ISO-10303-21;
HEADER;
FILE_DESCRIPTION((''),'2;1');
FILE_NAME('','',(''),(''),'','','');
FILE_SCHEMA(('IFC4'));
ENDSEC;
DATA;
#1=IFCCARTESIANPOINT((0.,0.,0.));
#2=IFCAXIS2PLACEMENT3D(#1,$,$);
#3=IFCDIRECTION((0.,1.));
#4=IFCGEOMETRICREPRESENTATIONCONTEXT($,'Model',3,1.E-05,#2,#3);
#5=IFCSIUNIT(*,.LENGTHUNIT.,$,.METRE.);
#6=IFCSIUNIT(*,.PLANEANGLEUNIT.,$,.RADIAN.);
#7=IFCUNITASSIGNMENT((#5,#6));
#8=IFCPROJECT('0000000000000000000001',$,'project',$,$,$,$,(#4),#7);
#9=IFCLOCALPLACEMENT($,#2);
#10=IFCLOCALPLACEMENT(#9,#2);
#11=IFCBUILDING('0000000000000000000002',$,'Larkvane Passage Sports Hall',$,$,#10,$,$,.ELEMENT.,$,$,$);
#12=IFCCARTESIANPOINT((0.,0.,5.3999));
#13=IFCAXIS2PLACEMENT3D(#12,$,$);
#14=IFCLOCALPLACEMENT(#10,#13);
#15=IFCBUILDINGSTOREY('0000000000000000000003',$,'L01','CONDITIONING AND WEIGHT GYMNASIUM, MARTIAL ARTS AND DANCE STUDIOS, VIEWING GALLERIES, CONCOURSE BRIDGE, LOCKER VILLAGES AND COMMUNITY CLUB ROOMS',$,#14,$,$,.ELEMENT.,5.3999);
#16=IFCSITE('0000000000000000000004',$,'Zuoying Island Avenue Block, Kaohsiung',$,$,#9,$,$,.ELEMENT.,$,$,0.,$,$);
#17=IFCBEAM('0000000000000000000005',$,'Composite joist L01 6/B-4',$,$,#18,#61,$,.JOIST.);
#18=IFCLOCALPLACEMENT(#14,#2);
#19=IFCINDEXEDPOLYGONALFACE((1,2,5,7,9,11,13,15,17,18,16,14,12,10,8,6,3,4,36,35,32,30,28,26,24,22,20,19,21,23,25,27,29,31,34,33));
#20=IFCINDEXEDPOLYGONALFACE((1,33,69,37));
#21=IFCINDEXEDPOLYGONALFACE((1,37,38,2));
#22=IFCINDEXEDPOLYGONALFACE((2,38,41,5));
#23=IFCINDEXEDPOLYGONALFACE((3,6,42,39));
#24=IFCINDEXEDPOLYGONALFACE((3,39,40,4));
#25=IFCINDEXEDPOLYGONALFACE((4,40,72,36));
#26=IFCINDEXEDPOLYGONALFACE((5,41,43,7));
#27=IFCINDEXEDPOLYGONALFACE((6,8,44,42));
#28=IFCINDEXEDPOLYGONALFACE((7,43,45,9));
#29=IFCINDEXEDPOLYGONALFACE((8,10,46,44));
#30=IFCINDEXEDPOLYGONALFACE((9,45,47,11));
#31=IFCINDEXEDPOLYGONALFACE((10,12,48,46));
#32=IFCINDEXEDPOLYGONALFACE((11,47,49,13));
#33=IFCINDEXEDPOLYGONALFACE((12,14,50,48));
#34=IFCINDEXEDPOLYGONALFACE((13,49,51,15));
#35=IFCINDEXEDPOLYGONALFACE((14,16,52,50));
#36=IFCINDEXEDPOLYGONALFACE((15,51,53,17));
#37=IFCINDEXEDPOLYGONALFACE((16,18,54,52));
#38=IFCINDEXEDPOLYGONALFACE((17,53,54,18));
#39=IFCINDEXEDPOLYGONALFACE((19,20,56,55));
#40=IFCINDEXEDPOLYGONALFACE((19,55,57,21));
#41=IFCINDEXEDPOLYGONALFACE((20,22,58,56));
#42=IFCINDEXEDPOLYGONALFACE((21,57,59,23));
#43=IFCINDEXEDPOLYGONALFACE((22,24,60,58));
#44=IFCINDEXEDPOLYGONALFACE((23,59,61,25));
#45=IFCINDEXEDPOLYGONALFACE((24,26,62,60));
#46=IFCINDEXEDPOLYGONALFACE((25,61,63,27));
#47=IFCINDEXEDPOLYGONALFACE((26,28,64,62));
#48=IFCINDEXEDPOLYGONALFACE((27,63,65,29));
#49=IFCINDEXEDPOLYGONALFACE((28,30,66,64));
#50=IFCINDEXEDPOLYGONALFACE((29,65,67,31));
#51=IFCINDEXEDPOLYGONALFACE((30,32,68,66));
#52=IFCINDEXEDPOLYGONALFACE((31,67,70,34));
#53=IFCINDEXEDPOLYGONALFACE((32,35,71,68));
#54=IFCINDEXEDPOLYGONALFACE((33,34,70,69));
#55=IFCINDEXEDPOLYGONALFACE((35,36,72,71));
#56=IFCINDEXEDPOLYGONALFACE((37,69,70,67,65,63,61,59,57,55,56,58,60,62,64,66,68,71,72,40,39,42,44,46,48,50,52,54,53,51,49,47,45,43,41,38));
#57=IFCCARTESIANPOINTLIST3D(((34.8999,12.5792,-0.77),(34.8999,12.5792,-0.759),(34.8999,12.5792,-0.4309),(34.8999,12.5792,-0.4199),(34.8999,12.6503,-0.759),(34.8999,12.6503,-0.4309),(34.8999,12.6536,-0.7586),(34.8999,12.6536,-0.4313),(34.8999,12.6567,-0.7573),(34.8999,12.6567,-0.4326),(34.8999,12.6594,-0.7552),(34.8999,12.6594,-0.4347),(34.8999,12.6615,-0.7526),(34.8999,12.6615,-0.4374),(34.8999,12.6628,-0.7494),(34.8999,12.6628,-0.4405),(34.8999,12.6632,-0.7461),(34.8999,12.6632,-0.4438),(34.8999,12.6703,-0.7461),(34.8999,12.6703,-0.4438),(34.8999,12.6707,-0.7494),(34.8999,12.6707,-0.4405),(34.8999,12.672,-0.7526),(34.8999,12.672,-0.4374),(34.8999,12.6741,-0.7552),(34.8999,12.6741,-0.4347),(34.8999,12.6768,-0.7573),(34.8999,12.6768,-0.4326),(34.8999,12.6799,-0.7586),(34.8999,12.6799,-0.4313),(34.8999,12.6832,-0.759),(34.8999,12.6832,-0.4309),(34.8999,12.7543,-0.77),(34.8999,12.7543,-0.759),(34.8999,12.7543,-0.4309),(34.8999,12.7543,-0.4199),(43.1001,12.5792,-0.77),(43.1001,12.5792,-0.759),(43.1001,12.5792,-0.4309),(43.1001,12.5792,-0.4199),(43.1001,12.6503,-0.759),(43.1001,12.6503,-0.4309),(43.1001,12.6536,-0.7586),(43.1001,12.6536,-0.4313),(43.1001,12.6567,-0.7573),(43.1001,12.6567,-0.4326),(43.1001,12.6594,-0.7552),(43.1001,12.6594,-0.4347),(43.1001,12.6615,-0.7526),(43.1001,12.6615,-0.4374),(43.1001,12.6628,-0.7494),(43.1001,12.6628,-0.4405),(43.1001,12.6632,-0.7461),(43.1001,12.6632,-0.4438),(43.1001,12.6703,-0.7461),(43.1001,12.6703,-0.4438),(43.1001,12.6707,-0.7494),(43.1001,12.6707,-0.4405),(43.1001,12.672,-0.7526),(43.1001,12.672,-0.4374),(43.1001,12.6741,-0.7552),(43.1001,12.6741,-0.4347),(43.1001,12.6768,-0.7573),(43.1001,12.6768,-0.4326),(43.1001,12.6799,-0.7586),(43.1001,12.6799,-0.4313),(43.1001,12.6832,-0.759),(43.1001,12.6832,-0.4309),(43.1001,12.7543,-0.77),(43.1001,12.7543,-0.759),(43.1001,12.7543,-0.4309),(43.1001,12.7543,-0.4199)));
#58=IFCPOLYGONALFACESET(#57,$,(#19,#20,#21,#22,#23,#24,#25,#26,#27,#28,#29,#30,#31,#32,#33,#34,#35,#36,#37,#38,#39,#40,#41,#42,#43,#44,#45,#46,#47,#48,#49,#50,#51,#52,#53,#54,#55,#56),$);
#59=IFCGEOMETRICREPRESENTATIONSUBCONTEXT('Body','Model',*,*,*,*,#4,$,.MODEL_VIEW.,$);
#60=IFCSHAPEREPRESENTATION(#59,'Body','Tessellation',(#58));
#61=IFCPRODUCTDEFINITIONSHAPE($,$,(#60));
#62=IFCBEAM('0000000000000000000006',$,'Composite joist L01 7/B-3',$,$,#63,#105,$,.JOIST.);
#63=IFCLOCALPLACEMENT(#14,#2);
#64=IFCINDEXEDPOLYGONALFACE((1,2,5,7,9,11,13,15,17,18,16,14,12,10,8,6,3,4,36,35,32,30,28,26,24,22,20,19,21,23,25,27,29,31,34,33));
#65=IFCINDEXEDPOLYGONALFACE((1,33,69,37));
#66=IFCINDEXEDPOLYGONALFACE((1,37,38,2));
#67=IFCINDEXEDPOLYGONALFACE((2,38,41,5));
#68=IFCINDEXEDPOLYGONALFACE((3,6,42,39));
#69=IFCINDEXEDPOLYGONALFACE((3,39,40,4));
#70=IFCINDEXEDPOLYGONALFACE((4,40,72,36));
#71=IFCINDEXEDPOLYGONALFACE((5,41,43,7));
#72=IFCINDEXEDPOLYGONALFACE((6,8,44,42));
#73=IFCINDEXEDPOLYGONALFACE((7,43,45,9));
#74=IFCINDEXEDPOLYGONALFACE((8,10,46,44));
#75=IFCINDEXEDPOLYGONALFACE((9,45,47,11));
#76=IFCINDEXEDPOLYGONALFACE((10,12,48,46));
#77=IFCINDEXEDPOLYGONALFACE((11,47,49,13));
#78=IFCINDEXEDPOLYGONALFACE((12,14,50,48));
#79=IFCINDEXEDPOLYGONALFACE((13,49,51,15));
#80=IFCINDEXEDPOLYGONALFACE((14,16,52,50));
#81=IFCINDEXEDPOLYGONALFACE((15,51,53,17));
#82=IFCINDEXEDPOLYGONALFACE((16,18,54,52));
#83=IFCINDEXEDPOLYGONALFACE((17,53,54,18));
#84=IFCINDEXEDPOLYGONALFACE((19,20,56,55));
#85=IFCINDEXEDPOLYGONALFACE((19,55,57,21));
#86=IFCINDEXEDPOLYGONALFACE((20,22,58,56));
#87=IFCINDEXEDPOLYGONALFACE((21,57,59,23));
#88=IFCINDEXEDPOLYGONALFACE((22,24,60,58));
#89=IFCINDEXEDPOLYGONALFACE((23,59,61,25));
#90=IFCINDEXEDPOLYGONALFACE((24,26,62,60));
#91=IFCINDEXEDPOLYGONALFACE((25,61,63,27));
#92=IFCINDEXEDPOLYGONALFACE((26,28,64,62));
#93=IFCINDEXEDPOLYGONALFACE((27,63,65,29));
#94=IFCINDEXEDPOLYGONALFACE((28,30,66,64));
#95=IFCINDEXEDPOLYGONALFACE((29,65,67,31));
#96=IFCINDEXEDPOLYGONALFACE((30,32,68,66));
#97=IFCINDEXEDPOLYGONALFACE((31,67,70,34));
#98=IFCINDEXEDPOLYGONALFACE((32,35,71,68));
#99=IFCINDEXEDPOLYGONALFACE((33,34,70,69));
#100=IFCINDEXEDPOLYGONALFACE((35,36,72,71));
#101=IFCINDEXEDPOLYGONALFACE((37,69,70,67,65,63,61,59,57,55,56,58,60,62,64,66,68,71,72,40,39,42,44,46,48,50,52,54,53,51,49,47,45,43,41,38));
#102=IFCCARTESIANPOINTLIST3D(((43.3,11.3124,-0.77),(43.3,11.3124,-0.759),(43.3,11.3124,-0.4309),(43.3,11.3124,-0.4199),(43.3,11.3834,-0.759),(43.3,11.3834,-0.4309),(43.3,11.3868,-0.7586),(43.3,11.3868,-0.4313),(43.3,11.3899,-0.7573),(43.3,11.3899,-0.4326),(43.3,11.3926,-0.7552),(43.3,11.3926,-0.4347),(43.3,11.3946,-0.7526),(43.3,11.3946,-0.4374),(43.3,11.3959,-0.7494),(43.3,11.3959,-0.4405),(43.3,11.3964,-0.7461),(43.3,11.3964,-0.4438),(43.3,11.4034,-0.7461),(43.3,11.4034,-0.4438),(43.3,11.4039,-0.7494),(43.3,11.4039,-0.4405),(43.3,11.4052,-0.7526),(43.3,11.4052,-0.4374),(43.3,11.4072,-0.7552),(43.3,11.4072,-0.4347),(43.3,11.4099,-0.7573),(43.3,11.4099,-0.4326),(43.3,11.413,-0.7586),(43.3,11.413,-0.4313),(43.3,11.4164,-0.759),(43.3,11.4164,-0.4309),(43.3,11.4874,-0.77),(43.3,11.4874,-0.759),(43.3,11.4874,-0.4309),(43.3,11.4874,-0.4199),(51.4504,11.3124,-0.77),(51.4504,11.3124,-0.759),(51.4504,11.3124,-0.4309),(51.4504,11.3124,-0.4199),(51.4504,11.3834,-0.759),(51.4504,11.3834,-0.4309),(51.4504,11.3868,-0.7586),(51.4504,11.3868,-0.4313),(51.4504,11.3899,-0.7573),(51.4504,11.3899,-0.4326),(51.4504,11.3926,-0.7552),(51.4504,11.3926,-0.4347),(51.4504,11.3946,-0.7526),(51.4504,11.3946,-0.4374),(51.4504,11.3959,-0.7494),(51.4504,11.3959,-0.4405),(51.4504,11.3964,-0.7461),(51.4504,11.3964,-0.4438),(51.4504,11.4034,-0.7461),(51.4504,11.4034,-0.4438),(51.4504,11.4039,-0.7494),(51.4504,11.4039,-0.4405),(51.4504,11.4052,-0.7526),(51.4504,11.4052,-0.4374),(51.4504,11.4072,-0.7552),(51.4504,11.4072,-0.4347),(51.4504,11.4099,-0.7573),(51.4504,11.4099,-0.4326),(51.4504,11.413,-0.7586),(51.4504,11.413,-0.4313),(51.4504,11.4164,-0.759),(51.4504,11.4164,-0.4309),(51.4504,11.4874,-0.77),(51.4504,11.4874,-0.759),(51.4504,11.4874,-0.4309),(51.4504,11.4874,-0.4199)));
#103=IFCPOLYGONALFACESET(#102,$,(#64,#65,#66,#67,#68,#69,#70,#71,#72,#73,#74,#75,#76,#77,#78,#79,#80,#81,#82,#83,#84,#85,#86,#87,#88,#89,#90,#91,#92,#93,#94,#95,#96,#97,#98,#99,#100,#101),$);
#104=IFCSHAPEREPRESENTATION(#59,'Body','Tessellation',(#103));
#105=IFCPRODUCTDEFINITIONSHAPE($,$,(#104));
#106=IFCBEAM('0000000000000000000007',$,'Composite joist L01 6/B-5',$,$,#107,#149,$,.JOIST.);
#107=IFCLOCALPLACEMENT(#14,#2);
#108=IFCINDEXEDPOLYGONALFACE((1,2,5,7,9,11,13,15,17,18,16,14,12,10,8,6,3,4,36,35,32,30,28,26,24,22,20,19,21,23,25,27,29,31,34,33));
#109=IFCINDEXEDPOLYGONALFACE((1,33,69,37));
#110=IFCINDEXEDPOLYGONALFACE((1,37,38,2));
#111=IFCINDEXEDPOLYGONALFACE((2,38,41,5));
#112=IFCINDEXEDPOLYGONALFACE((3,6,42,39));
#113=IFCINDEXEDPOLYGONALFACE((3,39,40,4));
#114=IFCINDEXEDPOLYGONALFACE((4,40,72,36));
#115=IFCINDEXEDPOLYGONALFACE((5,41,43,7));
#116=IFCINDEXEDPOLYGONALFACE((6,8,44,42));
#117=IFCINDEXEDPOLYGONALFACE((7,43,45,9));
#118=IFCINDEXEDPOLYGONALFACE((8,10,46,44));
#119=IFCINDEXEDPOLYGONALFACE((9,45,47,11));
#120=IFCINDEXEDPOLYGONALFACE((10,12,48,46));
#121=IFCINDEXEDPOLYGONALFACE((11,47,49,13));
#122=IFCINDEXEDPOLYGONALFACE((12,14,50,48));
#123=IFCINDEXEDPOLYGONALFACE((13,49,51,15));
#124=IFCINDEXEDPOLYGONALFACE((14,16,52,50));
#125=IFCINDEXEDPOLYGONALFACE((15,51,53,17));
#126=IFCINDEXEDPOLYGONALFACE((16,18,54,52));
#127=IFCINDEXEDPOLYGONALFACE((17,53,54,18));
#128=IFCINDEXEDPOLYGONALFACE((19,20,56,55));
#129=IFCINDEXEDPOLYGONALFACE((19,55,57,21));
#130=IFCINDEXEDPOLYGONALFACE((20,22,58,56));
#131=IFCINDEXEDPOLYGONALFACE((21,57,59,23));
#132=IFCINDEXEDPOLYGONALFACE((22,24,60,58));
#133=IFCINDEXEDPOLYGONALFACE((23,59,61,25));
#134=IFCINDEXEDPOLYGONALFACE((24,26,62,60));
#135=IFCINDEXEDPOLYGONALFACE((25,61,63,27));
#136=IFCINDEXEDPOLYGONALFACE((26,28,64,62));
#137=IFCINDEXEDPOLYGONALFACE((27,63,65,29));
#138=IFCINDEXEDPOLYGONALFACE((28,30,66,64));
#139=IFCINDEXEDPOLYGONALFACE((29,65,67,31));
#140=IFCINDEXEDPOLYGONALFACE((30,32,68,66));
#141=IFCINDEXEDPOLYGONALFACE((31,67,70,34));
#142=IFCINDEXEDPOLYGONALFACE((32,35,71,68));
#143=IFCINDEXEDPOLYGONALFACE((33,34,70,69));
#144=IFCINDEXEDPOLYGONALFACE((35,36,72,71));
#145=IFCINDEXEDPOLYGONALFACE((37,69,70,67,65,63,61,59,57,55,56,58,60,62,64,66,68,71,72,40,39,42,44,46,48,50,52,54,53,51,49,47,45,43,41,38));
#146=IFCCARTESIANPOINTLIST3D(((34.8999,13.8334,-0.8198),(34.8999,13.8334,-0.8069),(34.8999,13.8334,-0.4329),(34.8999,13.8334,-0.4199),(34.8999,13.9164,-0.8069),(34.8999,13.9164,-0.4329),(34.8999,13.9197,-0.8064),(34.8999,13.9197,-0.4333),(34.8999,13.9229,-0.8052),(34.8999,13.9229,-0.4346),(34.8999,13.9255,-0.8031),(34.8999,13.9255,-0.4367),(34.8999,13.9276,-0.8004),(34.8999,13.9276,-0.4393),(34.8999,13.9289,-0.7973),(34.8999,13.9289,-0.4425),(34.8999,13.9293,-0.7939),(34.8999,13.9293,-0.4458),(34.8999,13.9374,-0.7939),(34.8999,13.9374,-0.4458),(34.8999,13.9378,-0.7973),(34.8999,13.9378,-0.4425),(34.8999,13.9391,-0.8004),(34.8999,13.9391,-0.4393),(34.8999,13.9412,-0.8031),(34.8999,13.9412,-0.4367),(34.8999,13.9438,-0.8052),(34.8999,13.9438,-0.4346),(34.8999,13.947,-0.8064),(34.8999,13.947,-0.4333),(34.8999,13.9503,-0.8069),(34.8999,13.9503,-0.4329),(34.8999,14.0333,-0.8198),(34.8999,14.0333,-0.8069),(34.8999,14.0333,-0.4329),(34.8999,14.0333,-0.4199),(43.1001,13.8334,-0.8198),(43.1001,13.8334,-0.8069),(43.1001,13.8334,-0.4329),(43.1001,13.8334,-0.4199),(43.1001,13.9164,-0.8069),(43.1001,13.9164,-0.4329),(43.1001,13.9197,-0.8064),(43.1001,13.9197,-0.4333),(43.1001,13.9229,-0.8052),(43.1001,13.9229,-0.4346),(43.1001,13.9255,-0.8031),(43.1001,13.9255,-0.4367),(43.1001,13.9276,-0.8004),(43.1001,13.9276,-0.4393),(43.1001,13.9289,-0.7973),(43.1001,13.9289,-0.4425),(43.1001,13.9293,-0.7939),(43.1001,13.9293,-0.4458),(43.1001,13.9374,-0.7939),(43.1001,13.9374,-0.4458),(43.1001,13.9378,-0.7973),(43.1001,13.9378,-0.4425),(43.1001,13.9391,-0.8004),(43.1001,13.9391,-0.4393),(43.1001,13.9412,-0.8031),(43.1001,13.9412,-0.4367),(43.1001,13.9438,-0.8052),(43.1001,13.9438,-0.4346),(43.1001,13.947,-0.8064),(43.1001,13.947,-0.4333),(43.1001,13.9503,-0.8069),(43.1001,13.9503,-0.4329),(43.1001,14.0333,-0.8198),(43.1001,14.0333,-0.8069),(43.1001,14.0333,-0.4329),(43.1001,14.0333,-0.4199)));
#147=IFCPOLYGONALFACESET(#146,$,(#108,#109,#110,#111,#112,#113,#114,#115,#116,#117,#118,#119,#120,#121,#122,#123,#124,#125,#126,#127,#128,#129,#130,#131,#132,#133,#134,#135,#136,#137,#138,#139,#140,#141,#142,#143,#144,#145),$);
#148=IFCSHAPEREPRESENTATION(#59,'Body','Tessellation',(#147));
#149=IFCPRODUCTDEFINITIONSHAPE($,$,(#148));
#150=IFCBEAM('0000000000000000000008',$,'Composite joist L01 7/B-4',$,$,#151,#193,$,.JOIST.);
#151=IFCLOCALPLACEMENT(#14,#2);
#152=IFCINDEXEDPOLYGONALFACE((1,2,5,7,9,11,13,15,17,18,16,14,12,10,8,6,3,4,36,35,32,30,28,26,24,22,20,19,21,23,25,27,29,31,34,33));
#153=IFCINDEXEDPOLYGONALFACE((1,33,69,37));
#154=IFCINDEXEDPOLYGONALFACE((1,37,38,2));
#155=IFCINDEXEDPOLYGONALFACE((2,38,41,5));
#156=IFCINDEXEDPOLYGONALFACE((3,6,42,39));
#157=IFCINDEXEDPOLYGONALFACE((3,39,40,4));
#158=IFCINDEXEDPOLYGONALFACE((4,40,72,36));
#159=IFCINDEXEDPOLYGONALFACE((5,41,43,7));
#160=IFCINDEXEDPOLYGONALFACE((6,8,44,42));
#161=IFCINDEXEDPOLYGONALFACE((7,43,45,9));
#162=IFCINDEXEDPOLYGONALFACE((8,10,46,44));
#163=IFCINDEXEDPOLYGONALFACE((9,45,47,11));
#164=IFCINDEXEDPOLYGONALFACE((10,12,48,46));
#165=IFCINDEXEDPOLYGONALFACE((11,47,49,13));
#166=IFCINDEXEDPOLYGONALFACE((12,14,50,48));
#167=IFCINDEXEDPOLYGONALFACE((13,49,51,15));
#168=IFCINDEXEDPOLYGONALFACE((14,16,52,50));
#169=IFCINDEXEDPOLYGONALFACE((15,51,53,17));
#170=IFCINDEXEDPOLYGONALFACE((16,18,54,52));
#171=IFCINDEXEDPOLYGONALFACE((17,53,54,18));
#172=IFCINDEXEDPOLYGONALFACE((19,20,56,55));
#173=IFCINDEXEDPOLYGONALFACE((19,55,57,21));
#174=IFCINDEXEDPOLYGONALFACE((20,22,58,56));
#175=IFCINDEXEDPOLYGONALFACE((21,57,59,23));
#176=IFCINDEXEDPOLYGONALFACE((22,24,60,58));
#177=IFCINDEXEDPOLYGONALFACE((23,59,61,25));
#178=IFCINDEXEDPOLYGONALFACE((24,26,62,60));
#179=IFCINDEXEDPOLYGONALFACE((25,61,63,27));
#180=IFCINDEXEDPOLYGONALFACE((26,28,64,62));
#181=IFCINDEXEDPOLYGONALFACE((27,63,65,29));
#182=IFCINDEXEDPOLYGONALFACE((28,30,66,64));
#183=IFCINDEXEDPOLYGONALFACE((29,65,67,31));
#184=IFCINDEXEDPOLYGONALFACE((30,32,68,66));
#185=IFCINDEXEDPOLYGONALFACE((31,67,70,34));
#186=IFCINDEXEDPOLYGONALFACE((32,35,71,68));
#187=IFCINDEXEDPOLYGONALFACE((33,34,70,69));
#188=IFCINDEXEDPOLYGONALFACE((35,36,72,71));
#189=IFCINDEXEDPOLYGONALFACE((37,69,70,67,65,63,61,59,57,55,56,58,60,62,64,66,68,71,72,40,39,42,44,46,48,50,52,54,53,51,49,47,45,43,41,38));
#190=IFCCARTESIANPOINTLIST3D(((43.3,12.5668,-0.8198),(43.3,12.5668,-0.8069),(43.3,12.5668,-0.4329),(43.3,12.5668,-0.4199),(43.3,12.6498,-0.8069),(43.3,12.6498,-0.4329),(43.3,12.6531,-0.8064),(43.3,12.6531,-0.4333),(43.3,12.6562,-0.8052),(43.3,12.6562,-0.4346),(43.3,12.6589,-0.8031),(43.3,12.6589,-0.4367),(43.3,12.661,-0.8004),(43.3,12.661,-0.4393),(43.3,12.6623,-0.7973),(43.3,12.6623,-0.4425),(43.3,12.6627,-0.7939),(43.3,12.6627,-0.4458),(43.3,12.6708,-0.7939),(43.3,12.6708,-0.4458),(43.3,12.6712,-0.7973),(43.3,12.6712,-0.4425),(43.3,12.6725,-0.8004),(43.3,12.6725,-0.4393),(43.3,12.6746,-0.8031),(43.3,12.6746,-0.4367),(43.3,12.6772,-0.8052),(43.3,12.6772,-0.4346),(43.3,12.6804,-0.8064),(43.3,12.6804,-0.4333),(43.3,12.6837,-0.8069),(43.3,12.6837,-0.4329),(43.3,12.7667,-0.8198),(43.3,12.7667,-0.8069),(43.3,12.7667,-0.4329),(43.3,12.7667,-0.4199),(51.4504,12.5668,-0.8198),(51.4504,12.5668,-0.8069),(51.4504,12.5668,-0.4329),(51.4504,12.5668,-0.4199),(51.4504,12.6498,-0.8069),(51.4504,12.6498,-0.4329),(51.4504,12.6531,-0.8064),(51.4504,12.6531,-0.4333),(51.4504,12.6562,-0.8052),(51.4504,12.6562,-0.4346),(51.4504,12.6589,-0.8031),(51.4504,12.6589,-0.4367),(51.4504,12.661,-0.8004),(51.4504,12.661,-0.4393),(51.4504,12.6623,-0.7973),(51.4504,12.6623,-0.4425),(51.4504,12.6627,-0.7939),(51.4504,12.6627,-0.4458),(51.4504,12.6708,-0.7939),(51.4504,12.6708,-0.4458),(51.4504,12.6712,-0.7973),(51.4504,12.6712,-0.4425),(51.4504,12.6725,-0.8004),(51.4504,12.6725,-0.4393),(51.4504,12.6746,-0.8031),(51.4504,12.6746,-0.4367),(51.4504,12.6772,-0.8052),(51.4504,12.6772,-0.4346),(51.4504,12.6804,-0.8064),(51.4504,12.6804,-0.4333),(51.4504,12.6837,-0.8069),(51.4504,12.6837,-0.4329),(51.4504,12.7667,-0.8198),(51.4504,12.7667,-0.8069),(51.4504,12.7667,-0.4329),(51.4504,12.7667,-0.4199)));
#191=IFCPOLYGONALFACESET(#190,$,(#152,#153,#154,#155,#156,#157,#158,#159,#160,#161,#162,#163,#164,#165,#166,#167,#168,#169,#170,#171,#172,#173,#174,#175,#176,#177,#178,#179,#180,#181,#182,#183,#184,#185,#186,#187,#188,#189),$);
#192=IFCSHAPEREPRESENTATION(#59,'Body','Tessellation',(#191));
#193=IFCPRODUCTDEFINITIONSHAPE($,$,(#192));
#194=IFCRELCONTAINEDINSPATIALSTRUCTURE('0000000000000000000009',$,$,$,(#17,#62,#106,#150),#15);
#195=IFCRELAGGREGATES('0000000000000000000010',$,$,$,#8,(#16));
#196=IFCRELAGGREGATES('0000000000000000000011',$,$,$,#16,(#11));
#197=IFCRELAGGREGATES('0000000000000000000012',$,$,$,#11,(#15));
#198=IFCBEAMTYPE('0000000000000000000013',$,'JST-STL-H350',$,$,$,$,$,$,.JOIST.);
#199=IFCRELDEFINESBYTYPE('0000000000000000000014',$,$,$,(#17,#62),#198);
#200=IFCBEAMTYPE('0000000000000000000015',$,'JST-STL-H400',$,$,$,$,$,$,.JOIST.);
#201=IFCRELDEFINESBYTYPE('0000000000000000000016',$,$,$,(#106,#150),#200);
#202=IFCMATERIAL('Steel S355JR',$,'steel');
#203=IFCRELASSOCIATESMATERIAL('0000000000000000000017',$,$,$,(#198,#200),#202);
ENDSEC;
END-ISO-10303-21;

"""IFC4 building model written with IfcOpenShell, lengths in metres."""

from ifc_helpers import new_model, si_unit, direction, frame, origin, origin_2d, place, context, subcontext, project, spatial, i_section, extrude, material, material_profile, profile_set, type_object, element, save


model = new_model("IFC4")

# Units and contexts
model_context = context("Model", 3, precision=1e-05, world=origin(), true_north=direction((0.0, 1.0)))
body_context = subcontext(model_context, "Body", "Model", "MODEL_VIEW")
ifc_project = project(units=[si_unit("LENGTHUNIT", "METRE"), si_unit("PLANEANGLEUNIT", "RADIAN")], contexts=[model_context])

# Site, building, storey
site_placement = place(None, origin())
site = spatial("IfcSite", under=ifc_project, at=site_placement, Name="Zuoying Island Avenue Block, Kaohsiung", CompositionType="ELEMENT", RefElevation=0.0)
building_placement = place(site_placement, origin())
building = spatial("IfcBuilding", under=site, at=building_placement, Name="Larkvane Passage Sports Hall", CompositionType="ELEMENT")
storey_placement = place(building_placement, frame((0.0, 0.0, 5.3999)))
storey = spatial("IfcBuildingStorey", under=building, at=storey_placement, Name="L01", Description="CONDITIONING AND WEIGHT GYMNASIUM, MARTIAL ARTS AND DANCE STUDIOS, VIEWING GALLERIES, CONCOURSE BRIDGE, LOCKER VILLAGES AND COMMUNITY CLUB ROOMS", CompositionType="ELEMENT", Elevation=5.3999)

# Beams
ifc_material_1 = material(Name="Steel S355JR", Category="steel")
ifc_material_profile_1 = material_profile(ifc_material_1, i_section(OverallWidth=0.175, OverallDepth=0.3501, WebThickness=0.0071, FlangeThickness=0.011, FilletRadius=0.0129, at=origin_2d()), Name="H-350x175x7x11")
ifc_profile_set_1 = profile_set([ifc_material_profile_1], Name="Steel S355JR")
beam_type_1 = type_object("IfcBeamType", Name="JST-STL-H350", PredefinedType="JOIST", material=ifc_profile_set_1)
beam_1_placement = place(storey_placement, frame((34.8999, 12.6667, -0.595), z_axis=(1.0, 0.0, 0.0), x_axis=(0.0, 1.0, 0.0)))
element("IfcBeam", 1, at=beam_1_placement, inside=storey, type_object=beam_type_1, Name="Composite joist L01 6/B-4", PredefinedType="JOIST", context=body_context, shape_type="SweptSolid", body=[
    extrude(i_section(OverallWidth=0.175, OverallDepth=0.3501, WebThickness=0.0071, FlangeThickness=0.011, FilletRadius=0.0129, at=origin_2d()), origin(), (0.0, 0.0, 1.0), 8.2002),
])
beam_2_placement = place(storey_placement, frame((43.3, 11.3999, -0.595), z_axis=(1.0, 0.0, 0.0), x_axis=(0.0, 1.0, 0.0)))
element("IfcBeam", 2, at=beam_2_placement, inside=storey, type_object=beam_type_1, Name="Composite joist L01 7/B-3", PredefinedType="JOIST", context=body_context, shape_type="SweptSolid", body=[
    extrude(i_section(OverallWidth=0.175, OverallDepth=0.3501, WebThickness=0.0071, FlangeThickness=0.011, FilletRadius=0.0129, at=origin_2d()), origin(), (0.0, 0.0, 1.0), 8.1504),
])
ifc_material_profile_2 = material_profile(ifc_material_1, i_section(OverallWidth=0.2, OverallDepth=0.3999, WebThickness=0.0081, FlangeThickness=0.0129, FilletRadius=0.0129, at=origin_2d()), Name="H-400x200x8x13")
ifc_profile_set_2 = profile_set([ifc_material_profile_2], Name="Steel S355JR")
beam_type_2 = type_object("IfcBeamType", Name="JST-STL-H400", PredefinedType="JOIST", material=ifc_profile_set_2)
beam_3_placement = place(storey_placement, frame((34.8999, 13.9333, -0.6199), z_axis=(1.0, 0.0, 0.0), x_axis=(0.0, 1.0, 0.0)))
element("IfcBeam", 3, at=beam_3_placement, inside=storey, type_object=beam_type_2, Name="Composite joist L01 6/B-5", PredefinedType="JOIST", context=body_context, shape_type="SweptSolid", body=[
    extrude(i_section(OverallWidth=0.2, OverallDepth=0.3999, WebThickness=0.0081, FlangeThickness=0.0129, FilletRadius=0.0129, at=origin_2d()), origin(), (0.0, 0.0, 1.0), 8.2002),
])
beam_4_placement = place(storey_placement, frame((43.3, 12.6667, -0.6199), z_axis=(1.0, 0.0, 0.0), x_axis=(0.0, 1.0, 0.0)))
element("IfcBeam", 4, at=beam_4_placement, inside=storey, type_object=beam_type_2, Name="Composite joist L01 7/B-4", PredefinedType="JOIST", context=body_context, shape_type="SweptSolid", body=[
    extrude(i_section(OverallWidth=0.2, OverallDepth=0.3999, WebThickness=0.0081, FlangeThickness=0.0129, FilletRadius=0.0129, at=origin_2d()), origin(), (0.0, 0.0, 1.0), 8.1504),
])

save(model, "model.ifc")
